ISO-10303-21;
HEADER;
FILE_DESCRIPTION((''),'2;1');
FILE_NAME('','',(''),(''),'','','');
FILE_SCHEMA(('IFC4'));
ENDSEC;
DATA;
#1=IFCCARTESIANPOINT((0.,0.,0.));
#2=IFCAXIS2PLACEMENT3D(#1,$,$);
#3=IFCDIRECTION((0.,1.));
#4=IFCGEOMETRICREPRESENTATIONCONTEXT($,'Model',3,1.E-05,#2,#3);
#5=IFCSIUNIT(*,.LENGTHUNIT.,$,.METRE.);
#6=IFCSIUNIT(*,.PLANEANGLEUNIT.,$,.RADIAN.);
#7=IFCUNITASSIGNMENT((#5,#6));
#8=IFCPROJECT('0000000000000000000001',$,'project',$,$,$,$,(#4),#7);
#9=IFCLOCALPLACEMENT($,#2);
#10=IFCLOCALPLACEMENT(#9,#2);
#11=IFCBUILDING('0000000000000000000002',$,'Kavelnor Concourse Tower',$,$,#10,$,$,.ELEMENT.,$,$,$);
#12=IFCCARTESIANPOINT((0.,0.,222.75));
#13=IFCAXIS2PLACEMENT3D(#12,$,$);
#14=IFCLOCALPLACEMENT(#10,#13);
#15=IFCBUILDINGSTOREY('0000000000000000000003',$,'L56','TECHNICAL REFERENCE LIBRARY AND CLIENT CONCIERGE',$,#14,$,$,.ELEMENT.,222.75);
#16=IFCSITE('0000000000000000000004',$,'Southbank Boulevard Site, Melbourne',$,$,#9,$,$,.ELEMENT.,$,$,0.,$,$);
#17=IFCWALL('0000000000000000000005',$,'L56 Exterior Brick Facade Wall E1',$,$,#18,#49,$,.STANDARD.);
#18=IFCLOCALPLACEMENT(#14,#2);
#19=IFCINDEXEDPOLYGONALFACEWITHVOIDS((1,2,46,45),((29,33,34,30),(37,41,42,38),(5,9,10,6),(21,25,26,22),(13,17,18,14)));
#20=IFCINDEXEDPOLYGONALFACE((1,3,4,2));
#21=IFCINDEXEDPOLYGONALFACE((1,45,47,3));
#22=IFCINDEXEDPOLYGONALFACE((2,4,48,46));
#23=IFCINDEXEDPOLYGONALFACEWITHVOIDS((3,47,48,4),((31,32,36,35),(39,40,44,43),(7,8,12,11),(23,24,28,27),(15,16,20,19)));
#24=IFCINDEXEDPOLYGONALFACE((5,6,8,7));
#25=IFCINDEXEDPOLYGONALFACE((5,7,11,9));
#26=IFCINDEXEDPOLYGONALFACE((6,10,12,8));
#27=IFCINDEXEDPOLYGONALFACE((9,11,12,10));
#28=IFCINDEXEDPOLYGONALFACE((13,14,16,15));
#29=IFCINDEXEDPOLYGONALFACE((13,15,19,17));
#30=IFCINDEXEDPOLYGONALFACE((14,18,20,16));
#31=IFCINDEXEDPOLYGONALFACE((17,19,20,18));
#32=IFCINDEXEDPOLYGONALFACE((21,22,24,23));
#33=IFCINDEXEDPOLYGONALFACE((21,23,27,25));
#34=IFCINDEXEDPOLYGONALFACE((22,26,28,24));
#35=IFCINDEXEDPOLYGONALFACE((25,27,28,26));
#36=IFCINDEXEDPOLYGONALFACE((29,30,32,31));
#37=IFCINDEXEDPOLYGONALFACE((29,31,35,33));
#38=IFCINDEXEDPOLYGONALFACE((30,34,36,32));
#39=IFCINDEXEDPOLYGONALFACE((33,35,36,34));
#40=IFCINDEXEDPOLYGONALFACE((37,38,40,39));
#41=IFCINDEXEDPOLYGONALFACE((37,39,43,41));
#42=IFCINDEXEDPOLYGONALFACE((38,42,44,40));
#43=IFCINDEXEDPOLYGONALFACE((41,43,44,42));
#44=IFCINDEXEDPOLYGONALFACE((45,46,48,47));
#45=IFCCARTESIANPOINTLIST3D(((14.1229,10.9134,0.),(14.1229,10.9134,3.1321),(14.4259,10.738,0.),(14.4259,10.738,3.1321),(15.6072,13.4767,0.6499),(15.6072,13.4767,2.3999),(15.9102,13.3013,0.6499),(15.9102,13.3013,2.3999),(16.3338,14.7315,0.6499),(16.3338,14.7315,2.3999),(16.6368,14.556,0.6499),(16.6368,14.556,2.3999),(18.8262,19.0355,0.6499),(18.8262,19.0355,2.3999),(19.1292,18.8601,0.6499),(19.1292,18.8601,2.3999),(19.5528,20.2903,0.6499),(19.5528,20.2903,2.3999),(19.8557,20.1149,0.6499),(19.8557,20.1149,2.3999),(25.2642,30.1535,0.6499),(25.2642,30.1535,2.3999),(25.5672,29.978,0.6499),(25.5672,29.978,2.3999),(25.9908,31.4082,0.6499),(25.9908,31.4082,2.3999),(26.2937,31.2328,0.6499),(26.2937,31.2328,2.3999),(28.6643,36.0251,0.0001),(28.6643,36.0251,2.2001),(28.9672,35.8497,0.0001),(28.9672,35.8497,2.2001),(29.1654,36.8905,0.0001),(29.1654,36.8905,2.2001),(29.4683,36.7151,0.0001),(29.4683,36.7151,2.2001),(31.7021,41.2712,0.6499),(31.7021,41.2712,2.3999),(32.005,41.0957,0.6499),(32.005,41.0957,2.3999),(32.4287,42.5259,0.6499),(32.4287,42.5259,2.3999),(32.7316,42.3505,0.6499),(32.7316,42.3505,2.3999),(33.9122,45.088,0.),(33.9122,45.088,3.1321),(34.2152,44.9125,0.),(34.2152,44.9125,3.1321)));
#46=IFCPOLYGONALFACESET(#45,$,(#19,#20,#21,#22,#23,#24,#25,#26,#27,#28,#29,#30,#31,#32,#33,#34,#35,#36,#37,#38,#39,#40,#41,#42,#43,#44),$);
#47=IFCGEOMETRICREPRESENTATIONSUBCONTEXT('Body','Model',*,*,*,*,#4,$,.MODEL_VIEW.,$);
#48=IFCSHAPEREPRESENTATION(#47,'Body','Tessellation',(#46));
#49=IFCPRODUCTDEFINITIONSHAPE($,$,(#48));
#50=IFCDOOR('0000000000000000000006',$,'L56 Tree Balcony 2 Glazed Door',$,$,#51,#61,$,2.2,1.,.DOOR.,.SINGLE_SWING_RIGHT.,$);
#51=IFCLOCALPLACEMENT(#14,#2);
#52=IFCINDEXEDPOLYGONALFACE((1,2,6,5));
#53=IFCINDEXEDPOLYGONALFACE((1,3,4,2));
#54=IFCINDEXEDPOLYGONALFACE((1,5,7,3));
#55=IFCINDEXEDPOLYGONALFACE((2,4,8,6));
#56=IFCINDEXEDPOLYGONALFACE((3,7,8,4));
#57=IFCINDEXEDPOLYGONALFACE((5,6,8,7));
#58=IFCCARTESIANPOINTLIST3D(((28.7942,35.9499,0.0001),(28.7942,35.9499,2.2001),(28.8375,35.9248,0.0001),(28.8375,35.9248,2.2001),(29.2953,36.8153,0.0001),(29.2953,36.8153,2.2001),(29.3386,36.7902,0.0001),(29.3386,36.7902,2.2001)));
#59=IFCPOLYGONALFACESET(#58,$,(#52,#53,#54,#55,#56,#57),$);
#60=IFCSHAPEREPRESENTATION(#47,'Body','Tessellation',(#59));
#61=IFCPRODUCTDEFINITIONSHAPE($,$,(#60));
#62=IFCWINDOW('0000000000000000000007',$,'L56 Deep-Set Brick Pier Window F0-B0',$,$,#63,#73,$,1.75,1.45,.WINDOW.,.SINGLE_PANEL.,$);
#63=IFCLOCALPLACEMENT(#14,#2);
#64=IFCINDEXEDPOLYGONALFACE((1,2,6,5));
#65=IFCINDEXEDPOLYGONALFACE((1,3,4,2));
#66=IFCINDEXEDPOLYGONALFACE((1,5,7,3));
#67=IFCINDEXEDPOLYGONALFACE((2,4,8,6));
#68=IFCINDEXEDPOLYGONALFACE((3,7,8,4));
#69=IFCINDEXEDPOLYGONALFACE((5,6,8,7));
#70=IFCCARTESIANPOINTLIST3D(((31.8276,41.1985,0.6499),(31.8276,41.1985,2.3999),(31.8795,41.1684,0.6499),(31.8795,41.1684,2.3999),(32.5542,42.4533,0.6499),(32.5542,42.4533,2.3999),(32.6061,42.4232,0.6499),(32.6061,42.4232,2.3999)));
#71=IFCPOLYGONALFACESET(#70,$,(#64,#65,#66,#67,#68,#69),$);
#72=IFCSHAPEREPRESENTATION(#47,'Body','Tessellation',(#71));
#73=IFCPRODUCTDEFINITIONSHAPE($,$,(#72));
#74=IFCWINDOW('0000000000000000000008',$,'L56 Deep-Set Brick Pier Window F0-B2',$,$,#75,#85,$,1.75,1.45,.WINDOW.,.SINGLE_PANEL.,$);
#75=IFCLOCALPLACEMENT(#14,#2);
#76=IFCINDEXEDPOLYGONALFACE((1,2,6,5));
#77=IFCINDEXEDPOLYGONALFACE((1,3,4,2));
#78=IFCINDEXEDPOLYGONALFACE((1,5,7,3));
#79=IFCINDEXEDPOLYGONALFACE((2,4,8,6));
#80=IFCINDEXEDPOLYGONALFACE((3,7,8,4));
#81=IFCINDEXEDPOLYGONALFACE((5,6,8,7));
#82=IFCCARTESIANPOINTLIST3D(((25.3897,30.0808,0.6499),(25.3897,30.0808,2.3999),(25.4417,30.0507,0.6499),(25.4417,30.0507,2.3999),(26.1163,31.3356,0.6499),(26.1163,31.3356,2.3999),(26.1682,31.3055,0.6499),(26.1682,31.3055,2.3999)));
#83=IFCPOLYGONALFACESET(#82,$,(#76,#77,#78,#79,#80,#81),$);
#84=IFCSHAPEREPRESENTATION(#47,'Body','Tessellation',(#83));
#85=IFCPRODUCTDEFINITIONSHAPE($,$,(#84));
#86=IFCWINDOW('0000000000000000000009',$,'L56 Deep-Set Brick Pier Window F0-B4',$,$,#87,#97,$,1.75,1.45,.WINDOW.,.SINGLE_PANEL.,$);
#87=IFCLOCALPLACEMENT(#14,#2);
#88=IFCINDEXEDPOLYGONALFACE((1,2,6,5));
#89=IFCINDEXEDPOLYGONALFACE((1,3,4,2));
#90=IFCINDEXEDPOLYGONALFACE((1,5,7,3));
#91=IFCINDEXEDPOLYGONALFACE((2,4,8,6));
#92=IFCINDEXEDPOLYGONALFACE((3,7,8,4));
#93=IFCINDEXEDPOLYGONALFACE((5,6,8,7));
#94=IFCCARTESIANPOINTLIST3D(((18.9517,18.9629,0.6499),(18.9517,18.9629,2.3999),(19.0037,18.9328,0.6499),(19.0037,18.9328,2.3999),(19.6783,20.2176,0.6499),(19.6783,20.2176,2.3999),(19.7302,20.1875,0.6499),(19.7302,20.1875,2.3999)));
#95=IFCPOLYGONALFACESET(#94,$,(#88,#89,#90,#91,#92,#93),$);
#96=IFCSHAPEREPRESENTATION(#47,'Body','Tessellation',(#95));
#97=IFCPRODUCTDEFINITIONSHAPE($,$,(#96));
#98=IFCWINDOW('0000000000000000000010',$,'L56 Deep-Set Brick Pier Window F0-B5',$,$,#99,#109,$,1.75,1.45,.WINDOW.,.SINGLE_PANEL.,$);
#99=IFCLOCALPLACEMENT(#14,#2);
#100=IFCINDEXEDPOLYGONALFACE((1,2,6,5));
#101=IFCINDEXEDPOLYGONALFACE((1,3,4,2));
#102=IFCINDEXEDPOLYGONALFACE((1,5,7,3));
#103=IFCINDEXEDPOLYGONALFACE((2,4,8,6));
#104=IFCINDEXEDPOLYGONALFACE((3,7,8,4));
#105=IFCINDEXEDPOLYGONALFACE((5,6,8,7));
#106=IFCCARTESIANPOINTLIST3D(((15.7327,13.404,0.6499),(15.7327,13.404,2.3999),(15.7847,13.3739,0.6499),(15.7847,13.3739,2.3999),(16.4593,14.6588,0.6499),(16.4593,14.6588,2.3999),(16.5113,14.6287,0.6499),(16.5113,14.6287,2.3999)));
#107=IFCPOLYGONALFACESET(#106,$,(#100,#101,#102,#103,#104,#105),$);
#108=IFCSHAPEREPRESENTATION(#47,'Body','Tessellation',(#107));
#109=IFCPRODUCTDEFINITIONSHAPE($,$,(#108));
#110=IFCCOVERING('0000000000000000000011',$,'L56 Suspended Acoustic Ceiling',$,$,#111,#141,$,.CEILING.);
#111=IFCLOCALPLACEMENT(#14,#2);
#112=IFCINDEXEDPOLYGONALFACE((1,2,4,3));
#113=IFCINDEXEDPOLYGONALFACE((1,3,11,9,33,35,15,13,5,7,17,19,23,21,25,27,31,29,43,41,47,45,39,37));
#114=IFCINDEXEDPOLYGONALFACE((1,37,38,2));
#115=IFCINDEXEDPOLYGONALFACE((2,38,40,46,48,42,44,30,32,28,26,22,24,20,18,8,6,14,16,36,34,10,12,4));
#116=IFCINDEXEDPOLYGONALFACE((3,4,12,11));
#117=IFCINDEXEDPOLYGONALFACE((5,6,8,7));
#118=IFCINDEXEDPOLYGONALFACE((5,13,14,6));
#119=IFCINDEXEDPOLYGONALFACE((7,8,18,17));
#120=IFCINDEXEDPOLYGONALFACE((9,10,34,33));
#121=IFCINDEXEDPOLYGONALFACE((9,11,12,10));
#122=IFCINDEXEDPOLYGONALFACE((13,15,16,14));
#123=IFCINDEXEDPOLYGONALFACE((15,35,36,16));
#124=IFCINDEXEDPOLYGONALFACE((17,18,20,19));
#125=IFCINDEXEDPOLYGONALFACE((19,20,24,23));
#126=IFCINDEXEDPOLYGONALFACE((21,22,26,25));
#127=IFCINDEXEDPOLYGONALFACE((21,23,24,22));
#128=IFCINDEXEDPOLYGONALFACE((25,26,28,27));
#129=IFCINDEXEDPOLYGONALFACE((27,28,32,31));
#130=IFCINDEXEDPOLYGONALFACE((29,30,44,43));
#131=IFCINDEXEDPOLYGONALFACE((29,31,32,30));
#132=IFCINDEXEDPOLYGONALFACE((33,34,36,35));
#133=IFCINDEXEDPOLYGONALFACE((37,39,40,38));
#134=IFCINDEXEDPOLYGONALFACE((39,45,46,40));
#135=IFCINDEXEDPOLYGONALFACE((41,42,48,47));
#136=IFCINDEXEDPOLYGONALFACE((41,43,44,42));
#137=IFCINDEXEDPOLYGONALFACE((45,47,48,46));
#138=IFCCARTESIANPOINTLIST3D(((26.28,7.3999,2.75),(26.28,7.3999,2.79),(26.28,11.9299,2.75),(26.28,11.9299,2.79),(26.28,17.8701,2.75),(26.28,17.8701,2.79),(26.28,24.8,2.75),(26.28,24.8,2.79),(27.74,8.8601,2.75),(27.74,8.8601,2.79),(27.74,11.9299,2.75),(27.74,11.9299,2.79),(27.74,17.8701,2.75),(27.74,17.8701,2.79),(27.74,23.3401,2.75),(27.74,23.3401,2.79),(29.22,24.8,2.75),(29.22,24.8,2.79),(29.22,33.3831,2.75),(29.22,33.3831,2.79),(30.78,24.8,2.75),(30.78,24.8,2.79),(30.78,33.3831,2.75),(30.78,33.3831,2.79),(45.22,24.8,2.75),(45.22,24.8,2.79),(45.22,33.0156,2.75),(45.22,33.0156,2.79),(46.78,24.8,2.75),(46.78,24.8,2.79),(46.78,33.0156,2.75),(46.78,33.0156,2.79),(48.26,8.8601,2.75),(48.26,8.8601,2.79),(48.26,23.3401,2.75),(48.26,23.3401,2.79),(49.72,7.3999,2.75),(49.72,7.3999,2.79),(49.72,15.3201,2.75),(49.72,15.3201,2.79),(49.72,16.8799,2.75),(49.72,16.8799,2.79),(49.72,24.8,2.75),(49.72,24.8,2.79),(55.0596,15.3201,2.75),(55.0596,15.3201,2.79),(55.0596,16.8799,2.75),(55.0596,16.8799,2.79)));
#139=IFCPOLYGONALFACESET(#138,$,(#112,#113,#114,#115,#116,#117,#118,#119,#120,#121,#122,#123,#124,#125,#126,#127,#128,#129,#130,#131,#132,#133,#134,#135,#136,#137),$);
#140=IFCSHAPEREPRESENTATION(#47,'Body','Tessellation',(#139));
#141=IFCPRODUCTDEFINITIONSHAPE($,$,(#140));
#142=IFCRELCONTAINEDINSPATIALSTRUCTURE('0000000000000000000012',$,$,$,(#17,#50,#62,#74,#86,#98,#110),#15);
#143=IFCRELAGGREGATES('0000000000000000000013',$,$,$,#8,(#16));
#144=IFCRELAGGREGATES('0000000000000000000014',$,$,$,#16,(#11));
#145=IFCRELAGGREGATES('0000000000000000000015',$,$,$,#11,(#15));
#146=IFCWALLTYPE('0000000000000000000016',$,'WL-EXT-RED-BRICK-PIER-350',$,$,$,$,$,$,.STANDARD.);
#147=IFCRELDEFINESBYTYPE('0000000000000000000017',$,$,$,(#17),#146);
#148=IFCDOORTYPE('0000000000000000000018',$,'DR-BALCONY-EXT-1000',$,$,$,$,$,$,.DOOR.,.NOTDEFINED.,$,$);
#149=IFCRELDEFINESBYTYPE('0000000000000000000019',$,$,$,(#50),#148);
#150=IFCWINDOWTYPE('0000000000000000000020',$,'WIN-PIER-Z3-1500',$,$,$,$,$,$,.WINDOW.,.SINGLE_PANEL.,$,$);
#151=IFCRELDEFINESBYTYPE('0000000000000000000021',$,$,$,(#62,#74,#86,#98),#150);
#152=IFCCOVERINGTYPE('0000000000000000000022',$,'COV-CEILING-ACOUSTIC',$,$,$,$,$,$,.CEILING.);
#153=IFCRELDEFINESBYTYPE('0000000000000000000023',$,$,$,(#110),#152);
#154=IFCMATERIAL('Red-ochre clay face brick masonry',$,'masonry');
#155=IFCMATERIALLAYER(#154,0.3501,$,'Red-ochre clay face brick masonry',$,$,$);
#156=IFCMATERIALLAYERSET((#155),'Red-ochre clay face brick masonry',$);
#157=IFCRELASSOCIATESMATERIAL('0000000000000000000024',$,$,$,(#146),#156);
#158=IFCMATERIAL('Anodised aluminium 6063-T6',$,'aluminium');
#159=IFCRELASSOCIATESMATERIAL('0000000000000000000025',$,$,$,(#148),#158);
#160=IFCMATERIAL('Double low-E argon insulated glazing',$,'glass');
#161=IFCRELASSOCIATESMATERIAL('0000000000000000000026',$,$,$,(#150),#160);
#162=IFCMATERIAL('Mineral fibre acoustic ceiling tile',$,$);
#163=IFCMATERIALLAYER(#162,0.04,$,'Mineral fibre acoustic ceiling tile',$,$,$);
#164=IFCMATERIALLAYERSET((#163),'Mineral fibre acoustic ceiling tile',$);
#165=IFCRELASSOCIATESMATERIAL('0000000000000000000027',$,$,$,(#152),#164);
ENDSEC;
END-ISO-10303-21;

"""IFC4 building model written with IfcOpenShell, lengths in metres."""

from ifc_helpers import new_model, si_unit, direction, frame, frame_2d, origin, place, context, subcontext, project, spatial, polyline, rectangle, outline, extrude, material, layer, layer_set, type_object, element, fill, save


model = new_model("IFC4")

# Units and contexts
model_context = context("Model", 3, precision=1e-05, world=origin(), true_north=direction((0.0, 1.0)))
body_context = subcontext(model_context, "Body", "Model", "MODEL_VIEW")
ifc_project = project(units=[si_unit("LENGTHUNIT", "METRE"), si_unit("PLANEANGLEUNIT", "RADIAN")], contexts=[model_context])

# Site, building, storey
site_placement = place(None, origin())
site = spatial("IfcSite", under=ifc_project, at=site_placement, Name="Southbank Boulevard Site, Melbourne", CompositionType="ELEMENT", RefElevation=0.0)
building_placement = place(site_placement, origin())
building = spatial("IfcBuilding", under=site, at=building_placement, Name="Kavelnor Concourse Tower", CompositionType="ELEMENT")
storey_placement = place(building_placement, frame((0.0, 0.0, 222.75)))
storey = spatial("IfcBuildingStorey", under=building, at=storey_placement, Name="L56", Description="TECHNICAL REFERENCE LIBRARY AND CLIENT CONCIERGE", CompositionType="ELEMENT", Elevation=222.75)

# Shared definitions
ifc_material_1 = material(Name="Double low-E argon insulated glazing", Category="glass")

# Wall, openings, door, windows
ifc_material_2 = material(Name="Red-ochre clay face brick masonry", Category="masonry")
ifc_layer_1 = layer(ifc_material_2, 0.3501, Name="Red-ochre clay face brick masonry")
ifc_layer_set_1 = layer_set([ifc_layer_1], Name="Red-ochre clay face brick masonry")
wall_type_1 = type_object("IfcWallType", Name="WL-EXT-RED-BRICK-PIER-350", PredefinedType="STANDARD", material=ifc_layer_set_1)
wall_1_placement = place(storey_placement, frame((14.2744, 10.8257, 0.0), z_axis=(0.0, 0.0, 1.0), x_axis=(0.501113, 0.865382, 0.0)))
wall_1 = element("IfcWall", 1, at=wall_1_placement, inside=storey, type_object=wall_type_1, Name="L56 Exterior Brick Facade Wall E1", PredefinedType="STANDARD", context=body_context, shape_type="SweptSolid", body=[
    extrude(rectangle(XDim=39.4907, YDim=0.3501, at=frame_2d((19.7454, 0.0))), origin(), (0.0, 0.0, 1.0), 3.1321),
])
opening_1_placement = place(wall_1_placement, frame((29.0181, 0.0, 0.0)))
opening_1 = element("IfcOpeningElement", 2, at=opening_1_placement, cuts=wall_1, PredefinedType="OPENING", context=body_context, shape_type="SweptSolid", body=[
    extrude(rectangle(XDim=1.0, YDim=2.2, at=frame_2d((0.5, 1.1001))), frame((0.0, 0.1851, 0.0), z_axis=(0.0, -1.0, 0.0), x_axis=(1.0, 0.0, 0.0)), (0.0, 0.0, 1.0), 0.3701),
])
opening_2_placement = place(wall_1_placement, frame((35.0801, 0.0, 0.6499)))
opening_2 = element("IfcOpeningElement", 3, at=opening_2_placement, cuts=wall_1, PredefinedType="OPENING", context=body_context, shape_type="SweptSolid", body=[
    extrude(rectangle(XDim=1.45, YDim=1.75, at=frame_2d((0.7251, 0.875))), frame((0.0, 0.1851, 0.0), z_axis=(0.0, -1.0, 0.0), x_axis=(1.0, 0.0, 0.0)), (0.0, 0.0, 1.0), 0.3701),
])
opening_3_placement = place(wall_1_placement, frame((22.2329, 0.0, 0.6499)))
opening_3 = element("IfcOpeningElement", 4, at=opening_3_placement, cuts=wall_1, PredefinedType="OPENING", context=body_context, shape_type="SweptSolid", body=[
    extrude(rectangle(XDim=1.45, YDim=1.75, at=frame_2d((0.7251, 0.875))), frame((0.0, 0.1851, 0.0), z_axis=(0.0, -1.0, 0.0), x_axis=(1.0, 0.0, 0.0)), (0.0, 0.0, 1.0), 0.3701),
])
opening_4_placement = place(wall_1_placement, frame((9.3855, 0.0, 0.6499)))
opening_4 = element("IfcOpeningElement", 5, at=opening_4_placement, cuts=wall_1, PredefinedType="OPENING", context=body_context, shape_type="SweptSolid", body=[
    extrude(rectangle(XDim=1.45, YDim=1.75, at=frame_2d((0.7251, 0.875))), frame((0.0, 0.1851, 0.0), z_axis=(0.0, -1.0, 0.0), x_axis=(1.0, 0.0, 0.0)), (0.0, 0.0, 1.0), 0.3701),
])
opening_5_placement = place(wall_1_placement, frame((2.9619, 0.0, 0.6499)))
opening_5 = element("IfcOpeningElement", 6, at=opening_5_placement, cuts=wall_1, PredefinedType="OPENING", context=body_context, shape_type="SweptSolid", body=[
    extrude(rectangle(XDim=1.45, YDim=1.75, at=frame_2d((0.7251, 0.875))), frame((0.0, 0.1851, 0.0), z_axis=(0.0, -1.0, 0.0), x_axis=(1.0, 0.0, 0.0)), (0.0, 0.0, 1.0), 0.3701),
])
ifc_material_3 = material(Name="Anodised aluminium 6063-T6", Category="aluminium")
door_type = type_object("IfcDoorType", Name="DR-BALCONY-EXT-1000", OperationType="NOTDEFINED", PredefinedType="DOOR", material=ifc_material_3)
door_placement = place(opening_1_placement, origin())
door = element("IfcDoor", 7, at=door_placement, inside=storey, type_object=door_type, Name="L56 Tree Balcony 2 Glazed Door", OperationType="SINGLE_SWING_RIGHT", OverallHeight=2.2, OverallWidth=1.0, PredefinedType="DOOR", context=body_context, shape_type="SweptSolid", body=[
    extrude(rectangle(XDim=1.0, YDim=2.2, at=frame_2d((0.5, 1.1001))), frame((0.0, 0.0249, 0.0), z_axis=(0.0, -1.0, 0.0), x_axis=(1.0, 0.0, 0.0)), (0.0, 0.0, 1.0), 0.05),
])
fill(opening_1, door)
window_type_1 = type_object("IfcWindowType", Name="WIN-PIER-Z3-1500", PartitioningType="SINGLE_PANEL", PredefinedType="WINDOW", material=ifc_material_1)
window_1_placement = place(opening_2_placement, origin())
window_1 = element("IfcWindow", 8, at=window_1_placement, inside=storey, type_object=window_type_1, Name="L56 Deep-Set Brick Pier Window F0-B0", OverallHeight=1.75, OverallWidth=1.45, PartitioningType="SINGLE_PANEL", PredefinedType="WINDOW", context=body_context, shape_type="SweptSolid", body=[
    extrude(rectangle(XDim=1.45, YDim=1.75, at=frame_2d((0.7251, 0.875))), frame((0.0, 0.03, 0.0), z_axis=(0.0, -1.0, 0.0), x_axis=(1.0, 0.0, 0.0)), (0.0, 0.0, 1.0), 0.0601),
])
fill(opening_2, window_1)
window_2_placement = place(opening_3_placement, origin())
window_2 = element("IfcWindow", 9, at=window_2_placement, inside=storey, type_object=window_type_1, Name="L56 Deep-Set Brick Pier Window F0-B2", OverallHeight=1.75, OverallWidth=1.45, PartitioningType="SINGLE_PANEL", PredefinedType="WINDOW", context=body_context, shape_type="SweptSolid", body=[
    extrude(rectangle(XDim=1.45, YDim=1.75, at=frame_2d((0.7251, 0.875))), frame((0.0, 0.03, 0.0), z_axis=(0.0, -1.0, 0.0), x_axis=(1.0, 0.0, 0.0)), (0.0, 0.0, 1.0), 0.0601),
])
fill(opening_3, window_2)
window_3_placement = place(opening_4_placement, origin())
window_3 = element("IfcWindow", 10, at=window_3_placement, inside=storey, type_object=window_type_1, Name="L56 Deep-Set Brick Pier Window F0-B4", OverallHeight=1.75, OverallWidth=1.45, PartitioningType="SINGLE_PANEL", PredefinedType="WINDOW", context=body_context, shape_type="SweptSolid", body=[
    extrude(rectangle(XDim=1.45, YDim=1.75, at=frame_2d((0.7251, 0.875))), frame((0.0, 0.03, 0.0), z_axis=(0.0, -1.0, 0.0), x_axis=(1.0, 0.0, 0.0)), (0.0, 0.0, 1.0), 0.0601),
])
fill(opening_4, window_3)
window_4_placement = place(opening_5_placement, origin())
window_4 = element("IfcWindow", 11, at=window_4_placement, inside=storey, type_object=window_type_1, Name="L56 Deep-Set Brick Pier Window F0-B5", OverallHeight=1.75, OverallWidth=1.45, PartitioningType="SINGLE_PANEL", PredefinedType="WINDOW", context=body_context, shape_type="SweptSolid", body=[
    extrude(rectangle(XDim=1.45, YDim=1.75, at=frame_2d((0.7251, 0.875))), frame((0.0, 0.03, 0.0), z_axis=(0.0, -1.0, 0.0), x_axis=(1.0, 0.0, 0.0)), (0.0, 0.0, 1.0), 0.0601),
])
fill(opening_5, window_4)

# Covering
ifc_material_4 = material(Name="Mineral fibre acoustic ceiling tile")
ifc_layer_2 = layer(ifc_material_4, 0.04, Name="Mineral fibre acoustic ceiling tile")
ifc_layer_set_2 = layer_set([ifc_layer_2], Name="Mineral fibre acoustic ceiling tile")
covering_type = type_object("IfcCoveringType", Name="COV-CEILING-ACOUSTIC", PredefinedType="CEILING", material=ifc_layer_set_2)
covering_placement = place(storey_placement, frame((0.0, 0.0, 2.75)))
element("IfcCovering", 12, at=covering_placement, inside=storey, type_object=covering_type, Name="L56 Suspended Acoustic Ceiling", PredefinedType="CEILING", context=body_context, shape_type="SweptSolid", body=[
    extrude(outline(polyline([(29.22, 24.8), (29.22, 33.3831), (30.78, 33.3831), (30.78, 24.8), (45.22, 24.8), (45.22, 33.0156), (46.78, 33.0156), (46.78, 24.8), (49.72, 24.8), (49.72, 16.8799), (55.0596, 16.8799), (55.0596, 15.3201), (49.72, 15.3201), (49.72, 7.3999), (26.28, 7.3999), (26.28, 11.9299), (27.74, 11.9299), (27.74, 8.8601), (48.26, 8.8601), (48.26, 23.3401), (27.74, 23.3401), (27.74, 17.8701), (26.28, 17.8701), (26.28, 24.8), (29.22, 24.8)])), origin(), (0.0, 0.0, 1.0), 0.04),
])

save(model, "model.ifc")
